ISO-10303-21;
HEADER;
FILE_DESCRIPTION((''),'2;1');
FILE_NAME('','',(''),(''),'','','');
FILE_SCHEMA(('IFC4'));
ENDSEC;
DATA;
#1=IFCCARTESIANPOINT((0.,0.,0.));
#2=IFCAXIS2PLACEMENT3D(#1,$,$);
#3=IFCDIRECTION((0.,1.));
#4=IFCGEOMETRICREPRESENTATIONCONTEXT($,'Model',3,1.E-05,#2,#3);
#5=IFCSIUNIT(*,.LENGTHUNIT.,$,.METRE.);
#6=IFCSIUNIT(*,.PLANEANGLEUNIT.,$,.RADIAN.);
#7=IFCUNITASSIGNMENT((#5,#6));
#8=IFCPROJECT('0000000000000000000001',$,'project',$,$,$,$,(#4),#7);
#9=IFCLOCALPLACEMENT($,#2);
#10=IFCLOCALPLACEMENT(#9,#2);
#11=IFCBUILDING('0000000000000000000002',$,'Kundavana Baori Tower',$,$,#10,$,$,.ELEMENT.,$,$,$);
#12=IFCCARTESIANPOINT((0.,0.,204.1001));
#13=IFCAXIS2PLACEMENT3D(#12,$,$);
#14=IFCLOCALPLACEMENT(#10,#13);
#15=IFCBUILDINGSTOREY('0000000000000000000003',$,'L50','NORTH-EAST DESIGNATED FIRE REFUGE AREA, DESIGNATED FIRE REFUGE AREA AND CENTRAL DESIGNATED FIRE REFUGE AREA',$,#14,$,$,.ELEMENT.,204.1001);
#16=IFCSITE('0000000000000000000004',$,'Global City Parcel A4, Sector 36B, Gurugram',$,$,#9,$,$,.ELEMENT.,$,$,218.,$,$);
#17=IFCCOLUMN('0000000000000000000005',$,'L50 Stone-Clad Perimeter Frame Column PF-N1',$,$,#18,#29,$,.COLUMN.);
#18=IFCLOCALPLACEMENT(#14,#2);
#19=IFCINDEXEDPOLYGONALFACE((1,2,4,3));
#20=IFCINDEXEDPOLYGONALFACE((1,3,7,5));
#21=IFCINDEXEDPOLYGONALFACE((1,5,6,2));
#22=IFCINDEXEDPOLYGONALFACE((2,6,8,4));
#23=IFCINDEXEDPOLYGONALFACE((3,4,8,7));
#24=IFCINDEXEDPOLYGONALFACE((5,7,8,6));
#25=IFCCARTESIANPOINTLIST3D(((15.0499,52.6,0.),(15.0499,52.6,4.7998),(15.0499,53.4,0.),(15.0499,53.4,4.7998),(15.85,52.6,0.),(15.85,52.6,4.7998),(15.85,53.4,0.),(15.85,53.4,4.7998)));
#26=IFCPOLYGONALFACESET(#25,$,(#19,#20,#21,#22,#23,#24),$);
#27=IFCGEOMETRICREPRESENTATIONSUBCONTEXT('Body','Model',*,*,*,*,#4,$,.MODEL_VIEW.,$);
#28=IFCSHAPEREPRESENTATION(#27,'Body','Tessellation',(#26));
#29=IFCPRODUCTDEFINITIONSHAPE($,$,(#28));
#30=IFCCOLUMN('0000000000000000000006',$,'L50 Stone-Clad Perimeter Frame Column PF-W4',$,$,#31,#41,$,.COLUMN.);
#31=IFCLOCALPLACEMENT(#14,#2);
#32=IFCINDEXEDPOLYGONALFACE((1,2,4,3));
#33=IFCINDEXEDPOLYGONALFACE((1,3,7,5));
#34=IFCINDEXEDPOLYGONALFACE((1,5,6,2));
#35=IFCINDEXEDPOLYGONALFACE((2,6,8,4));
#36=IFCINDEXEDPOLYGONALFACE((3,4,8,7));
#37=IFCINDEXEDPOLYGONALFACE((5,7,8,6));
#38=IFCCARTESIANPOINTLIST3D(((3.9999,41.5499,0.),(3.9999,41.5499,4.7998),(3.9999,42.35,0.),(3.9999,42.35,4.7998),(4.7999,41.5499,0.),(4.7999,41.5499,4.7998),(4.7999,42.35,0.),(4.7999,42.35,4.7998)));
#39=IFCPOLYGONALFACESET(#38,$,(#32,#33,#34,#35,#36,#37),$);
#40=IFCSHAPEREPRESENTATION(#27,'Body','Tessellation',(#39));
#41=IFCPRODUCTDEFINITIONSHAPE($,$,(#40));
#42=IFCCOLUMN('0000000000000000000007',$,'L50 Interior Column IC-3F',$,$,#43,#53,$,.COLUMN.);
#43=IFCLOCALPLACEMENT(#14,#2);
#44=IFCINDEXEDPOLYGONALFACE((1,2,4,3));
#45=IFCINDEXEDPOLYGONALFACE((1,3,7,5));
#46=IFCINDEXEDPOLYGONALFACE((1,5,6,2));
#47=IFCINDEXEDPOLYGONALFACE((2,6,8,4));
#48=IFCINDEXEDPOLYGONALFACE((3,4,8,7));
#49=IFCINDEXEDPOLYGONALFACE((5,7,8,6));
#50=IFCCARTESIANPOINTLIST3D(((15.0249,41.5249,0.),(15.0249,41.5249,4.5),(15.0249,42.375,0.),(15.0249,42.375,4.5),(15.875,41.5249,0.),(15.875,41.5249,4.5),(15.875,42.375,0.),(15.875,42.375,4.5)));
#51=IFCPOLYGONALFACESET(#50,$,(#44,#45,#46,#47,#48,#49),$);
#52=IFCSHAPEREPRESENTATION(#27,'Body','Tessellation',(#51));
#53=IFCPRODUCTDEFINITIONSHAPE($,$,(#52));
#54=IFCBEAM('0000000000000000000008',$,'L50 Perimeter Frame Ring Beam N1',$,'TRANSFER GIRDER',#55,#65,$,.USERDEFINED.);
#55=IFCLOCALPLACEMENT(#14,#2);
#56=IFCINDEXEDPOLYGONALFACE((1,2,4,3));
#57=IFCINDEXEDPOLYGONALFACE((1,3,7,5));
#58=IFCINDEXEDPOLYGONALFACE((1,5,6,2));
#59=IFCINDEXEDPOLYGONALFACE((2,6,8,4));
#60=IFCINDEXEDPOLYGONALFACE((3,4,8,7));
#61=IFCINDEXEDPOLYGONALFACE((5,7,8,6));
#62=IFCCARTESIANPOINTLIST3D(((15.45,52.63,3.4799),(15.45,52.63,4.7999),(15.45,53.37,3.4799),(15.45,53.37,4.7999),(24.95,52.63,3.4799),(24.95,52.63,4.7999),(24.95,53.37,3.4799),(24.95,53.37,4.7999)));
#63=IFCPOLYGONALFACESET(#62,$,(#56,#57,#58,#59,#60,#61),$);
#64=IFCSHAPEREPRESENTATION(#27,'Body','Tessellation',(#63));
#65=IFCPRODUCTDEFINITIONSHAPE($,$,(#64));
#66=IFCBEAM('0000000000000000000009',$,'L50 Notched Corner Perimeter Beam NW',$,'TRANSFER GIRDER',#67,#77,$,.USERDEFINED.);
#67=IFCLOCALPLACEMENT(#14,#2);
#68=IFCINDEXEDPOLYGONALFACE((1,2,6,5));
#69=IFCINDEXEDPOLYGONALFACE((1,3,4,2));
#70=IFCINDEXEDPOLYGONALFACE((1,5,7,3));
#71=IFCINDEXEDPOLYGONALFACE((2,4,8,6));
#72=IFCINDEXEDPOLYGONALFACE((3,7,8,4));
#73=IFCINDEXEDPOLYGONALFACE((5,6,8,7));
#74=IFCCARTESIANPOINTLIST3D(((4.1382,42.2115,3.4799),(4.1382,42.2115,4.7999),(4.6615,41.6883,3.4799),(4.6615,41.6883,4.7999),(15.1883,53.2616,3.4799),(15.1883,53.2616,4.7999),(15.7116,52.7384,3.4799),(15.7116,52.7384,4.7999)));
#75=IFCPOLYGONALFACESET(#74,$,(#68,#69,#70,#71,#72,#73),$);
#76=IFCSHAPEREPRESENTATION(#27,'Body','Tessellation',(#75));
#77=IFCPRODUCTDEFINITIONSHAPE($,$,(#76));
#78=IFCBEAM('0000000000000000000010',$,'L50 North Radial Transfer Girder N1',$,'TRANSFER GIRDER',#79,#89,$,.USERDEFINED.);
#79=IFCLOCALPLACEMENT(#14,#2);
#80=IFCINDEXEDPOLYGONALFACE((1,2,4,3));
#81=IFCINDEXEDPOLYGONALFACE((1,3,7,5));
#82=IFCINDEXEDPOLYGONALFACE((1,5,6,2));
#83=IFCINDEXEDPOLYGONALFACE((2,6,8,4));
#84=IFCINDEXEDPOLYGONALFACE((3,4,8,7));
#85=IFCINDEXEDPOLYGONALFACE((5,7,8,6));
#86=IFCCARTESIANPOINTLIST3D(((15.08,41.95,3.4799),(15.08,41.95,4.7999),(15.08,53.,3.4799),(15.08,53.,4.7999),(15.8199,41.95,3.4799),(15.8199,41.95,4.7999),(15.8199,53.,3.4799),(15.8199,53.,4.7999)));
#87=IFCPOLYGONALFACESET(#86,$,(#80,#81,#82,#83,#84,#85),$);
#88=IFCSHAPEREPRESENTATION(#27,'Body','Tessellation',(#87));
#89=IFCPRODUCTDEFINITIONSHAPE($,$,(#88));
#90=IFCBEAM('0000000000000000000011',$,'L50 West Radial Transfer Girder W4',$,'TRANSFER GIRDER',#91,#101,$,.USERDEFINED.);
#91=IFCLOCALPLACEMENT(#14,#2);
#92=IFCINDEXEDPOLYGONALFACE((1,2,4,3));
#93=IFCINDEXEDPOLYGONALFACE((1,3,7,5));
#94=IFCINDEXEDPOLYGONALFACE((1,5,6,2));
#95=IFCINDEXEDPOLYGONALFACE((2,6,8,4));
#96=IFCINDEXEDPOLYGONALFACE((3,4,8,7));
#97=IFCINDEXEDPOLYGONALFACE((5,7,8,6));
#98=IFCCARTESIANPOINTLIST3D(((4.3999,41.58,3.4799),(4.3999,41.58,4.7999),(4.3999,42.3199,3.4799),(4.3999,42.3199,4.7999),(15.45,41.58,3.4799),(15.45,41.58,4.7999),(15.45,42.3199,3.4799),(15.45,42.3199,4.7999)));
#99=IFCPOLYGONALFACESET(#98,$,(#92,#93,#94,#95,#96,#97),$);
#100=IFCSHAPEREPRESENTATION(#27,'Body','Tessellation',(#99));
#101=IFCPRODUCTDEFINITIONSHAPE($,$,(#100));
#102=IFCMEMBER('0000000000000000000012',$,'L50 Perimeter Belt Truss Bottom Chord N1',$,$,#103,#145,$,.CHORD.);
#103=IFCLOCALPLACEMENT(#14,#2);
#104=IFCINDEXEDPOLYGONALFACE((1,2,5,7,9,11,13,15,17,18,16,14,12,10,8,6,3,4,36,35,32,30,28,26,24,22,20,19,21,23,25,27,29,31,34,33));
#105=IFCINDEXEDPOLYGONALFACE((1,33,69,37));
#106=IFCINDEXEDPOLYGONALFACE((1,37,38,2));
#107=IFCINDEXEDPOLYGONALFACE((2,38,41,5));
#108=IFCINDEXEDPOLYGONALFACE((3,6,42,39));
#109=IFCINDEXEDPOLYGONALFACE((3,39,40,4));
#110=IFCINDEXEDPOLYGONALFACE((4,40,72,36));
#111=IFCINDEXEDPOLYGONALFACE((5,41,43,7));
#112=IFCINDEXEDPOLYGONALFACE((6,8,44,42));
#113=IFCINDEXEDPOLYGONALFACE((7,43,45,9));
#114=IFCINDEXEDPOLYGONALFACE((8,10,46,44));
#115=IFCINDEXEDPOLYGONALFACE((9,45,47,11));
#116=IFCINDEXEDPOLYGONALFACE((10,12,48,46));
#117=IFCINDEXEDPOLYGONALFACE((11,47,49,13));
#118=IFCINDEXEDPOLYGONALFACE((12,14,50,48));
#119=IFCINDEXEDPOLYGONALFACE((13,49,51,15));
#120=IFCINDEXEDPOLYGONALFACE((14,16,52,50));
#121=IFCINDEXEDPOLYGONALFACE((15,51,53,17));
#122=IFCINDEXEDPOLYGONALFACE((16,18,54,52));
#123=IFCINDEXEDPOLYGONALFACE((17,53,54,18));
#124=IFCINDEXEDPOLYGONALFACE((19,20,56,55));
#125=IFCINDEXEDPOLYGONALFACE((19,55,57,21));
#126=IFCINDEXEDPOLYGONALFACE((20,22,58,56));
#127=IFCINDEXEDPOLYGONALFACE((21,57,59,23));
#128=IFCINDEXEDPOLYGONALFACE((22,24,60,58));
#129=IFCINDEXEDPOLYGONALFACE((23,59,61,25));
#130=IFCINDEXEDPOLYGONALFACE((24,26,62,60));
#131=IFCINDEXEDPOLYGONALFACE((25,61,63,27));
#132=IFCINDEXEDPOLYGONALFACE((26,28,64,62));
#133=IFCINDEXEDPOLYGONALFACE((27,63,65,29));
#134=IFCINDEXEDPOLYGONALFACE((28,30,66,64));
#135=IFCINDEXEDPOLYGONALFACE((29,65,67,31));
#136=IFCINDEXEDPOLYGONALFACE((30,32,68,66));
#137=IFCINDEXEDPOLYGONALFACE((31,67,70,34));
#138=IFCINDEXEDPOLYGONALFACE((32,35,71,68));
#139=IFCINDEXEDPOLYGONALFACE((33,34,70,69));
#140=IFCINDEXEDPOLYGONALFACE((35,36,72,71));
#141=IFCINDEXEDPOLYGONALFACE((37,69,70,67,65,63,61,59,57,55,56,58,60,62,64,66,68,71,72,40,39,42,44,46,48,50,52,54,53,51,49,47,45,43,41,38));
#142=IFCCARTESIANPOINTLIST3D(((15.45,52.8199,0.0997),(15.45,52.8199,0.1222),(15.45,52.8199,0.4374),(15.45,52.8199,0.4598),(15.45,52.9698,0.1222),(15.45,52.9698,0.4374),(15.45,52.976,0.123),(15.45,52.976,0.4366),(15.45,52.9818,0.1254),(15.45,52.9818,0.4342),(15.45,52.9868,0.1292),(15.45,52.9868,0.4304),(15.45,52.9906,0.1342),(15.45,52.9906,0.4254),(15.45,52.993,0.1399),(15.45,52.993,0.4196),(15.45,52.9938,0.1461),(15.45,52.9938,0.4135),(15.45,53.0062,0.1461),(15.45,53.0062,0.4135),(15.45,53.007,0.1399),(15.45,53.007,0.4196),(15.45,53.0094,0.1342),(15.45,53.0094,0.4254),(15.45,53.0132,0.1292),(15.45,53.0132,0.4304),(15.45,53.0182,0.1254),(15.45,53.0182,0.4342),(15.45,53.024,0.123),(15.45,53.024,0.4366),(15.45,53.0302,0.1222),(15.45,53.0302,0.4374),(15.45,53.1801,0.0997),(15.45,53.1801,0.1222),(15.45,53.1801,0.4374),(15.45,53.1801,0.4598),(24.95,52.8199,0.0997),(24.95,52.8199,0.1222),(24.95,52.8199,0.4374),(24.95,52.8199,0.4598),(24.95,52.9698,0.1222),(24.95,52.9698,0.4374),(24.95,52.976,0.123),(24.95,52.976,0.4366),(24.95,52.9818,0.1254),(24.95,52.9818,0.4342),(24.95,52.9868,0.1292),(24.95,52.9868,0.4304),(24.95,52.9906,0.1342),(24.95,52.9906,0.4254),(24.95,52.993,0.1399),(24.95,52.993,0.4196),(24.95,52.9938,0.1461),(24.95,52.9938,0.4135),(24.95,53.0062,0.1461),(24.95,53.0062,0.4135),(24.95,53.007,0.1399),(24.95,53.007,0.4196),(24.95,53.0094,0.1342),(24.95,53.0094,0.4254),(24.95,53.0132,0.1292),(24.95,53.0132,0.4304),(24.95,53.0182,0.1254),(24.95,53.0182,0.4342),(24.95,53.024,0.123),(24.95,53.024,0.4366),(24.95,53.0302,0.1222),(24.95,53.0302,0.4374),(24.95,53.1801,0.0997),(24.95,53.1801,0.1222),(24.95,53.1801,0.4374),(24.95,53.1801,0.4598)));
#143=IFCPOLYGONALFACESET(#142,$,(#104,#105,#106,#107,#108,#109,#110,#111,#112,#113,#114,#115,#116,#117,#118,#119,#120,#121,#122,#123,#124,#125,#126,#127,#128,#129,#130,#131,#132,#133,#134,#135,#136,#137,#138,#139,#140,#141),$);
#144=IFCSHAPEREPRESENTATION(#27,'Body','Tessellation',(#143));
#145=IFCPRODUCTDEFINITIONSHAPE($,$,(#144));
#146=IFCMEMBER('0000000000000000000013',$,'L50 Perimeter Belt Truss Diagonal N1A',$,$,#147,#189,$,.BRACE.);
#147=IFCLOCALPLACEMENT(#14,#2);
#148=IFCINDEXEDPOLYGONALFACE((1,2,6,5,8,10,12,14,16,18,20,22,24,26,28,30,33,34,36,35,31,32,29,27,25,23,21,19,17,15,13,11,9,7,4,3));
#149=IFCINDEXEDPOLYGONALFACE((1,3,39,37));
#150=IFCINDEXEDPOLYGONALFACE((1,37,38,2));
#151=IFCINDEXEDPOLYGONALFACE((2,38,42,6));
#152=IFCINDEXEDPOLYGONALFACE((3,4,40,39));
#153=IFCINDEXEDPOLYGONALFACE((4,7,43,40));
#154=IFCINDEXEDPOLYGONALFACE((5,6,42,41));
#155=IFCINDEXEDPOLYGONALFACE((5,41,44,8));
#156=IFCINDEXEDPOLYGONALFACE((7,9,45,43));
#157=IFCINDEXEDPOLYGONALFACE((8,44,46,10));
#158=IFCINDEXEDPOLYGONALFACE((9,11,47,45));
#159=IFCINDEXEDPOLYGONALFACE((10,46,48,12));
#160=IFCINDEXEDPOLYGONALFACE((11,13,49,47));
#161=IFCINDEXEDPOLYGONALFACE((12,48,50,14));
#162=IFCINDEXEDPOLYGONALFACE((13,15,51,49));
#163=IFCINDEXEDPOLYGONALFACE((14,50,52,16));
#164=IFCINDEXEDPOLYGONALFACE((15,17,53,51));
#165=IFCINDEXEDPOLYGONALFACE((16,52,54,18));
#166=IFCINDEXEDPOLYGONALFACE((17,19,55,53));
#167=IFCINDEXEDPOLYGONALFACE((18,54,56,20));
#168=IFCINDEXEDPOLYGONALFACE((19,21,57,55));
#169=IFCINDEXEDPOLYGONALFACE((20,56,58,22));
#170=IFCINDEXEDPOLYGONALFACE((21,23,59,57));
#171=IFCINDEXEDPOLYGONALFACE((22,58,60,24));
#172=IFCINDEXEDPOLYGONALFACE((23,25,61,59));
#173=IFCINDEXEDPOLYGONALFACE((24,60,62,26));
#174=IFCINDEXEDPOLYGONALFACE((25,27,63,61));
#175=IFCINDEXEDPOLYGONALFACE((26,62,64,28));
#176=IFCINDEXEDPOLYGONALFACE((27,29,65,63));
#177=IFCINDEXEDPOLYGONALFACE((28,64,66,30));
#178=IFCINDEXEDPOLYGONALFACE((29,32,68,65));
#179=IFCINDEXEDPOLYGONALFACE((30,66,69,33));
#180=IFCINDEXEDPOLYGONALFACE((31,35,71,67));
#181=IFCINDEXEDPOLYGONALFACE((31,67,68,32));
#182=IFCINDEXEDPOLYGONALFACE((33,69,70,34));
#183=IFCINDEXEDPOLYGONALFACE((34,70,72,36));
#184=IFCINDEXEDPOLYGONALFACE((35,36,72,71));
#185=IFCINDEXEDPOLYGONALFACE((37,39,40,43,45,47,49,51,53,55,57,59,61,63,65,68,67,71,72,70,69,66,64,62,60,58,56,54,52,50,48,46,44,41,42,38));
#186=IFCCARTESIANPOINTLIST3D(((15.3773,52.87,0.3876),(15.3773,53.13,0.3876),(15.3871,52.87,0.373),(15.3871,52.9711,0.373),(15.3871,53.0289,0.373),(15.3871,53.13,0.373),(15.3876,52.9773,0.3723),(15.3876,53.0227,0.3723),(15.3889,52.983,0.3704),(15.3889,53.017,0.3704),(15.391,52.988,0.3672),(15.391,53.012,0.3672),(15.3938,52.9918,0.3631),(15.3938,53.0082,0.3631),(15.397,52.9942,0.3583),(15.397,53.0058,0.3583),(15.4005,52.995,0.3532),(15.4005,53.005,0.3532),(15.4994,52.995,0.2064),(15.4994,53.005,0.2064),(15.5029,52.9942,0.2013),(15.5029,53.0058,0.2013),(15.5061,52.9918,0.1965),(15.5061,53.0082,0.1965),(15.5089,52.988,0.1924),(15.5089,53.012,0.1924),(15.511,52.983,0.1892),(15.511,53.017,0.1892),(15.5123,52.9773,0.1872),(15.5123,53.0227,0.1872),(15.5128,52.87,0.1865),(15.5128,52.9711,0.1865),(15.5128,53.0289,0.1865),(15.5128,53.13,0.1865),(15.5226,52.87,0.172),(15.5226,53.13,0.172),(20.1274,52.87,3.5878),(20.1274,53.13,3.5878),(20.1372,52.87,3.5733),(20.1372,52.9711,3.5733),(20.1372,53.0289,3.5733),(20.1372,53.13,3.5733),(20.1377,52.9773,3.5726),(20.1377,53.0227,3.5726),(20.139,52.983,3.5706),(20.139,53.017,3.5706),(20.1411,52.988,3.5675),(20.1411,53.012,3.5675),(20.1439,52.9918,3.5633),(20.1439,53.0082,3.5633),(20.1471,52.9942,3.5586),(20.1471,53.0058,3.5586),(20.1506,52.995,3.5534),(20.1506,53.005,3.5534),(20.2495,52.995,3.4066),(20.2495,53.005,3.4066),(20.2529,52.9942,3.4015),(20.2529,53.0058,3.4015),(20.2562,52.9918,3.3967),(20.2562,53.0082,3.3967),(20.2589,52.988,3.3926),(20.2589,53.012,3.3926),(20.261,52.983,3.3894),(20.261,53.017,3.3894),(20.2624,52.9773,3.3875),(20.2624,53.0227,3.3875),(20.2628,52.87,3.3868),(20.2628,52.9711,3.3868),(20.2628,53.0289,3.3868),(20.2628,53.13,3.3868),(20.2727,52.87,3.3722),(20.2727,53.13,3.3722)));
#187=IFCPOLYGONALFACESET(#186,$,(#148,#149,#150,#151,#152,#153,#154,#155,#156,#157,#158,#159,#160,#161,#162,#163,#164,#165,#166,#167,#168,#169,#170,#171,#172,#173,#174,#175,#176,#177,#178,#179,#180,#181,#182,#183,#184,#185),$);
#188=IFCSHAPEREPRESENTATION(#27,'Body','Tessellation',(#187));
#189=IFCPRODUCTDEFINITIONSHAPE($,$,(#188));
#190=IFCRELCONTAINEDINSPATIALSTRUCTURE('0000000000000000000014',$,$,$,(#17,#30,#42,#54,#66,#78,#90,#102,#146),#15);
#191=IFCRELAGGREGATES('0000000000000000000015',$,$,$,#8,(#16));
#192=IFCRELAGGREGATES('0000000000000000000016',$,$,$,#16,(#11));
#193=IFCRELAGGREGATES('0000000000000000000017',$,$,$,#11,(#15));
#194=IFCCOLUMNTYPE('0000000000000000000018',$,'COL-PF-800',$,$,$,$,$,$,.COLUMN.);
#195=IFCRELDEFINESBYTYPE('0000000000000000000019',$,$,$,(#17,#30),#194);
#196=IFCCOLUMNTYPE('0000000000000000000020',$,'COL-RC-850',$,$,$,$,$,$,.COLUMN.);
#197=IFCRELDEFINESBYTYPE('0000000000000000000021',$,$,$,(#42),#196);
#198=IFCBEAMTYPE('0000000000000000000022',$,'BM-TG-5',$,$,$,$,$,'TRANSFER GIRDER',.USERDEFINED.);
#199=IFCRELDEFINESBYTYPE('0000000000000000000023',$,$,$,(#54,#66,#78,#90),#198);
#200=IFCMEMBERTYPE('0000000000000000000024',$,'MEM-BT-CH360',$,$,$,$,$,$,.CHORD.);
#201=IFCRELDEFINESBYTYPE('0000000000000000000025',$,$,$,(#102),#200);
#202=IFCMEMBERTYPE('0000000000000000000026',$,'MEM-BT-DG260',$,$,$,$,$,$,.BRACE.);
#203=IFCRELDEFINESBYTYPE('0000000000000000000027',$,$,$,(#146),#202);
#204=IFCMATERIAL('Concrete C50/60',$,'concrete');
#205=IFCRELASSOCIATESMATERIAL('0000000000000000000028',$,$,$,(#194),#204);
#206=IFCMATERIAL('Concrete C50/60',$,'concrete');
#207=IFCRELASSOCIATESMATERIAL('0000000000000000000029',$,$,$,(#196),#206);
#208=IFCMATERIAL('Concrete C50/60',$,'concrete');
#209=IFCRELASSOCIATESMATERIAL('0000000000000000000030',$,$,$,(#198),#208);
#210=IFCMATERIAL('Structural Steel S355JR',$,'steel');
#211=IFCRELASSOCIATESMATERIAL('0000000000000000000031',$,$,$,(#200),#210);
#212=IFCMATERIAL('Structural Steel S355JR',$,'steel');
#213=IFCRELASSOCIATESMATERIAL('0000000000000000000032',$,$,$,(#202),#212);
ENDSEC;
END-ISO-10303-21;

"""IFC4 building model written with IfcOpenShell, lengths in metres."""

from ifc_helpers import new_model, si_unit, direction, frame, origin, origin_2d, place, context, subcontext, project, spatial, rectangle, i_section, extrude, material, material_profile, profile_set, type_object, element, save


model = new_model("IFC4")

# Units and contexts
model_context = context("Model", 3, precision=1e-05, world=origin(), true_north=direction((0.0, 1.0)))
body_context = subcontext(model_context, "Body", "Model", "MODEL_VIEW")
ifc_project = project(units=[si_unit("LENGTHUNIT", "METRE"), si_unit("PLANEANGLEUNIT", "RADIAN")], contexts=[model_context])

# Site, building, storey
site_placement = place(None, origin())
site = spatial("IfcSite", under=ifc_project, at=site_placement, Name="Global City Parcel A4, Sector 36B, Gurugram", CompositionType="ELEMENT", RefElevation=218.0)
building_placement = place(site_placement, origin())
building = spatial("IfcBuilding", under=site, at=building_placement, Name="Kundavana Baori Tower", CompositionType="ELEMENT")
storey_placement = place(building_placement, frame((0.0, 0.0, 204.1001)))
storey = spatial("IfcBuildingStorey", under=building, at=storey_placement, Name="L50", Description="NORTH-EAST DESIGNATED FIRE REFUGE AREA, DESIGNATED FIRE REFUGE AREA AND CENTRAL DESIGNATED FIRE REFUGE AREA", CompositionType="ELEMENT", Elevation=204.1001)

# Columns
ifc_material_1 = material(Name="Concrete C50/60", Category="concrete")
ifc_material_profile_1 = material_profile(ifc_material_1, rectangle(XDim=0.8, YDim=0.8, at=origin_2d()), Name="RC PF 800x800")
ifc_profile_set_1 = profile_set([ifc_material_profile_1], Name="Concrete C50/60")
column_type_1 = type_object("IfcColumnType", Name="COL-PF-800", PredefinedType="COLUMN", material=ifc_profile_set_1)
for number, where, z_axis, x_axis, name in (
    (1, (15.45, 53.0, 0.0), (0.0, 0.0, 1.0), (1.0, 0.0, 0.0), "L50 Stone-Clad Perimeter Frame Column PF-N1"),
    (2, (4.3999, 41.95, 0.0), (0.0, 0.0, 1.0), (1.0, 0.0, 0.0), "L50 Stone-Clad Perimeter Frame Column PF-W4"),
):
    element("IfcColumn", number, at=place(storey_placement, frame(where, z_axis=z_axis, x_axis=x_axis)), inside=storey, type_object=column_type_1, Name=name, PredefinedType="COLUMN", context=body_context, shape_type="SweptSolid", body=[
        extrude(rectangle(XDim=0.8, YDim=0.8, at=origin_2d()), origin(), (0.0, 0.0, 1.0), 4.7998),
    ])
ifc_material_2 = material(Name="Concrete C50/60", Category="concrete")
ifc_material_profile_2 = material_profile(ifc_material_2, rectangle(XDim=0.8501, YDim=0.8501, at=origin_2d()), Name="RC 850x850")
ifc_profile_set_2 = profile_set([ifc_material_profile_2], Name="Concrete C50/60")
column_type_2 = type_object("IfcColumnType", Name="COL-RC-850", PredefinedType="COLUMN", material=ifc_profile_set_2)
column_placement = place(storey_placement, frame((15.45, 41.95, 0.0), z_axis=(0.0, 0.0, 1.0), x_axis=(1.0, 0.0, 0.0)))
element("IfcColumn", 3, at=column_placement, inside=storey, type_object=column_type_2, Name="L50 Interior Column IC-3F", PredefinedType="COLUMN", context=body_context, shape_type="SweptSolid", body=[
    extrude(rectangle(XDim=0.8501, YDim=0.8501, at=origin_2d()), origin(), (0.0, 0.0, 1.0), 4.5),
])

# Beams
ifc_material_3 = material(Name="Concrete C50/60", Category="concrete")
ifc_material_profile_3 = material_profile(ifc_material_3, rectangle(XDim=0.74, YDim=1.3201, at=origin_2d()), Name="BM-TG-5")
ifc_profile_set_3 = profile_set([ifc_material_profile_3], Name="Concrete C50/60")
beam_type = type_object("IfcBeamType", Name="BM-TG-5", ElementType="TRANSFER GIRDER", PredefinedType="USERDEFINED", material=ifc_profile_set_3)
beam_1_placement = place(storey_placement, frame((15.45, 53.0, 4.1399), z_axis=(1.0, 0.0, 0.0), x_axis=(0.0, 1.0, 0.0)))
element("IfcBeam", 4, at=beam_1_placement, inside=storey, type_object=beam_type, Name="L50 Perimeter Frame Ring Beam N1", ObjectType="TRANSFER GIRDER", PredefinedType="USERDEFINED", context=body_context, shape_type="SweptSolid", body=[
    extrude(rectangle(XDim=0.74, YDim=1.3201, at=origin_2d()), origin(), (0.0, 0.0, 1.0), 9.5),
])
beam_2_placement = place(storey_placement, frame((15.45, 53.0, 4.1399), z_axis=(-0.707107, -0.707107, 0.0), x_axis=(0.707107, -0.707107, 0.0)))
element("IfcBeam", 5, at=beam_2_placement, inside=storey, type_object=beam_type, Name="L50 Notched Corner Perimeter Beam NW", ObjectType="TRANSFER GIRDER", PredefinedType="USERDEFINED", context=body_context, shape_type="SweptSolid", body=[
    extrude(rectangle(XDim=0.74, YDim=1.3201, at=origin_2d()), origin(), (0.0, 0.0, 1.0), 15.6272),
])
for number, where, z_axis, x_axis, name in (
    (6, (15.45, 41.95, 4.1399), (0.0, 1.0, 0.0), (-1.0, 0.0, 0.0), "L50 North Radial Transfer Girder N1"),
    (7, (15.45, 41.95, 4.1399), (-1.0, 0.0, 0.0), (0.0, -1.0, 0.0), "L50 West Radial Transfer Girder W4"),
):
    element("IfcBeam", number, at=place(storey_placement, frame(where, z_axis=z_axis, x_axis=x_axis)), inside=storey, type_object=beam_type, Name=name, ObjectType="TRANSFER GIRDER", PredefinedType="USERDEFINED", context=body_context, shape_type="SweptSolid", body=[
        extrude(rectangle(XDim=0.74, YDim=1.3201, at=origin_2d()), origin(), (0.0, 0.0, 1.0), 11.05),
    ])

# Members
ifc_material_4 = material(Name="Structural Steel S355JR", Category="steel")
ifc_material_profile_4 = material_profile(ifc_material_4, i_section(OverallWidth=0.3601, OverallDepth=0.3601, WebThickness=0.0125, FlangeThickness=0.0225, FilletRadius=0.0239, at=origin_2d()), Name="WPB 360x360x142")
ifc_profile_set_4 = profile_set([ifc_material_profile_4], Name="Structural Steel S355JR")
member_type_1 = type_object("IfcMemberType", Name="MEM-BT-CH360", PredefinedType="CHORD", material=ifc_profile_set_4)
member_1_placement = place(storey_placement, frame((15.45, 53.0, 0.2798), z_axis=(1.0, 0.0, 0.0), x_axis=(0.0, 1.0, 0.0)))
element("IfcMember", 8, at=member_1_placement, inside=storey, type_object=member_type_1, Name="L50 Perimeter Belt Truss Bottom Chord N1", PredefinedType="CHORD", context=body_context, shape_type="SweptSolid", body=[
    extrude(i_section(OverallWidth=0.3601, OverallDepth=0.3601, WebThickness=0.0125, FlangeThickness=0.0225, FilletRadius=0.0239, at=origin_2d()), origin(), (0.0, 0.0, 1.0), 9.5),
])
ifc_material_5 = material(Name="Structural Steel S355JR", Category="steel")
ifc_material_profile_5 = material_profile(ifc_material_5, i_section(OverallWidth=0.26, OverallDepth=0.26, WebThickness=0.01, FlangeThickness=0.0176, FilletRadius=0.0239, at=origin_2d()), Name="WPB 260x260x93")
ifc_profile_set_5 = profile_set([ifc_material_profile_5], Name="Structural Steel S355JR")
member_type_2 = type_object("IfcMemberType", Name="MEM-BT-DG260", PredefinedType="BRACE", material=ifc_profile_set_5)
member_2_placement = place(storey_placement, frame((15.45, 53.0, 0.2798), z_axis=(0.829339, 0.0, 0.558746), x_axis=(0.0, 1.0, 0.0)))
element("IfcMember", 9, at=member_2_placement, inside=storey, type_object=member_type_2, Name="L50 Perimeter Belt Truss Diagonal N1A", PredefinedType="BRACE", context=body_context, shape_type="SweptSolid", body=[
    extrude(i_section(OverallWidth=0.26, OverallDepth=0.26, WebThickness=0.01, FlangeThickness=0.0176, FilletRadius=0.0239, at=origin_2d()), origin(), (0.0, 0.0, 1.0), 5.7275),
])

save(model, "model.ifc")
